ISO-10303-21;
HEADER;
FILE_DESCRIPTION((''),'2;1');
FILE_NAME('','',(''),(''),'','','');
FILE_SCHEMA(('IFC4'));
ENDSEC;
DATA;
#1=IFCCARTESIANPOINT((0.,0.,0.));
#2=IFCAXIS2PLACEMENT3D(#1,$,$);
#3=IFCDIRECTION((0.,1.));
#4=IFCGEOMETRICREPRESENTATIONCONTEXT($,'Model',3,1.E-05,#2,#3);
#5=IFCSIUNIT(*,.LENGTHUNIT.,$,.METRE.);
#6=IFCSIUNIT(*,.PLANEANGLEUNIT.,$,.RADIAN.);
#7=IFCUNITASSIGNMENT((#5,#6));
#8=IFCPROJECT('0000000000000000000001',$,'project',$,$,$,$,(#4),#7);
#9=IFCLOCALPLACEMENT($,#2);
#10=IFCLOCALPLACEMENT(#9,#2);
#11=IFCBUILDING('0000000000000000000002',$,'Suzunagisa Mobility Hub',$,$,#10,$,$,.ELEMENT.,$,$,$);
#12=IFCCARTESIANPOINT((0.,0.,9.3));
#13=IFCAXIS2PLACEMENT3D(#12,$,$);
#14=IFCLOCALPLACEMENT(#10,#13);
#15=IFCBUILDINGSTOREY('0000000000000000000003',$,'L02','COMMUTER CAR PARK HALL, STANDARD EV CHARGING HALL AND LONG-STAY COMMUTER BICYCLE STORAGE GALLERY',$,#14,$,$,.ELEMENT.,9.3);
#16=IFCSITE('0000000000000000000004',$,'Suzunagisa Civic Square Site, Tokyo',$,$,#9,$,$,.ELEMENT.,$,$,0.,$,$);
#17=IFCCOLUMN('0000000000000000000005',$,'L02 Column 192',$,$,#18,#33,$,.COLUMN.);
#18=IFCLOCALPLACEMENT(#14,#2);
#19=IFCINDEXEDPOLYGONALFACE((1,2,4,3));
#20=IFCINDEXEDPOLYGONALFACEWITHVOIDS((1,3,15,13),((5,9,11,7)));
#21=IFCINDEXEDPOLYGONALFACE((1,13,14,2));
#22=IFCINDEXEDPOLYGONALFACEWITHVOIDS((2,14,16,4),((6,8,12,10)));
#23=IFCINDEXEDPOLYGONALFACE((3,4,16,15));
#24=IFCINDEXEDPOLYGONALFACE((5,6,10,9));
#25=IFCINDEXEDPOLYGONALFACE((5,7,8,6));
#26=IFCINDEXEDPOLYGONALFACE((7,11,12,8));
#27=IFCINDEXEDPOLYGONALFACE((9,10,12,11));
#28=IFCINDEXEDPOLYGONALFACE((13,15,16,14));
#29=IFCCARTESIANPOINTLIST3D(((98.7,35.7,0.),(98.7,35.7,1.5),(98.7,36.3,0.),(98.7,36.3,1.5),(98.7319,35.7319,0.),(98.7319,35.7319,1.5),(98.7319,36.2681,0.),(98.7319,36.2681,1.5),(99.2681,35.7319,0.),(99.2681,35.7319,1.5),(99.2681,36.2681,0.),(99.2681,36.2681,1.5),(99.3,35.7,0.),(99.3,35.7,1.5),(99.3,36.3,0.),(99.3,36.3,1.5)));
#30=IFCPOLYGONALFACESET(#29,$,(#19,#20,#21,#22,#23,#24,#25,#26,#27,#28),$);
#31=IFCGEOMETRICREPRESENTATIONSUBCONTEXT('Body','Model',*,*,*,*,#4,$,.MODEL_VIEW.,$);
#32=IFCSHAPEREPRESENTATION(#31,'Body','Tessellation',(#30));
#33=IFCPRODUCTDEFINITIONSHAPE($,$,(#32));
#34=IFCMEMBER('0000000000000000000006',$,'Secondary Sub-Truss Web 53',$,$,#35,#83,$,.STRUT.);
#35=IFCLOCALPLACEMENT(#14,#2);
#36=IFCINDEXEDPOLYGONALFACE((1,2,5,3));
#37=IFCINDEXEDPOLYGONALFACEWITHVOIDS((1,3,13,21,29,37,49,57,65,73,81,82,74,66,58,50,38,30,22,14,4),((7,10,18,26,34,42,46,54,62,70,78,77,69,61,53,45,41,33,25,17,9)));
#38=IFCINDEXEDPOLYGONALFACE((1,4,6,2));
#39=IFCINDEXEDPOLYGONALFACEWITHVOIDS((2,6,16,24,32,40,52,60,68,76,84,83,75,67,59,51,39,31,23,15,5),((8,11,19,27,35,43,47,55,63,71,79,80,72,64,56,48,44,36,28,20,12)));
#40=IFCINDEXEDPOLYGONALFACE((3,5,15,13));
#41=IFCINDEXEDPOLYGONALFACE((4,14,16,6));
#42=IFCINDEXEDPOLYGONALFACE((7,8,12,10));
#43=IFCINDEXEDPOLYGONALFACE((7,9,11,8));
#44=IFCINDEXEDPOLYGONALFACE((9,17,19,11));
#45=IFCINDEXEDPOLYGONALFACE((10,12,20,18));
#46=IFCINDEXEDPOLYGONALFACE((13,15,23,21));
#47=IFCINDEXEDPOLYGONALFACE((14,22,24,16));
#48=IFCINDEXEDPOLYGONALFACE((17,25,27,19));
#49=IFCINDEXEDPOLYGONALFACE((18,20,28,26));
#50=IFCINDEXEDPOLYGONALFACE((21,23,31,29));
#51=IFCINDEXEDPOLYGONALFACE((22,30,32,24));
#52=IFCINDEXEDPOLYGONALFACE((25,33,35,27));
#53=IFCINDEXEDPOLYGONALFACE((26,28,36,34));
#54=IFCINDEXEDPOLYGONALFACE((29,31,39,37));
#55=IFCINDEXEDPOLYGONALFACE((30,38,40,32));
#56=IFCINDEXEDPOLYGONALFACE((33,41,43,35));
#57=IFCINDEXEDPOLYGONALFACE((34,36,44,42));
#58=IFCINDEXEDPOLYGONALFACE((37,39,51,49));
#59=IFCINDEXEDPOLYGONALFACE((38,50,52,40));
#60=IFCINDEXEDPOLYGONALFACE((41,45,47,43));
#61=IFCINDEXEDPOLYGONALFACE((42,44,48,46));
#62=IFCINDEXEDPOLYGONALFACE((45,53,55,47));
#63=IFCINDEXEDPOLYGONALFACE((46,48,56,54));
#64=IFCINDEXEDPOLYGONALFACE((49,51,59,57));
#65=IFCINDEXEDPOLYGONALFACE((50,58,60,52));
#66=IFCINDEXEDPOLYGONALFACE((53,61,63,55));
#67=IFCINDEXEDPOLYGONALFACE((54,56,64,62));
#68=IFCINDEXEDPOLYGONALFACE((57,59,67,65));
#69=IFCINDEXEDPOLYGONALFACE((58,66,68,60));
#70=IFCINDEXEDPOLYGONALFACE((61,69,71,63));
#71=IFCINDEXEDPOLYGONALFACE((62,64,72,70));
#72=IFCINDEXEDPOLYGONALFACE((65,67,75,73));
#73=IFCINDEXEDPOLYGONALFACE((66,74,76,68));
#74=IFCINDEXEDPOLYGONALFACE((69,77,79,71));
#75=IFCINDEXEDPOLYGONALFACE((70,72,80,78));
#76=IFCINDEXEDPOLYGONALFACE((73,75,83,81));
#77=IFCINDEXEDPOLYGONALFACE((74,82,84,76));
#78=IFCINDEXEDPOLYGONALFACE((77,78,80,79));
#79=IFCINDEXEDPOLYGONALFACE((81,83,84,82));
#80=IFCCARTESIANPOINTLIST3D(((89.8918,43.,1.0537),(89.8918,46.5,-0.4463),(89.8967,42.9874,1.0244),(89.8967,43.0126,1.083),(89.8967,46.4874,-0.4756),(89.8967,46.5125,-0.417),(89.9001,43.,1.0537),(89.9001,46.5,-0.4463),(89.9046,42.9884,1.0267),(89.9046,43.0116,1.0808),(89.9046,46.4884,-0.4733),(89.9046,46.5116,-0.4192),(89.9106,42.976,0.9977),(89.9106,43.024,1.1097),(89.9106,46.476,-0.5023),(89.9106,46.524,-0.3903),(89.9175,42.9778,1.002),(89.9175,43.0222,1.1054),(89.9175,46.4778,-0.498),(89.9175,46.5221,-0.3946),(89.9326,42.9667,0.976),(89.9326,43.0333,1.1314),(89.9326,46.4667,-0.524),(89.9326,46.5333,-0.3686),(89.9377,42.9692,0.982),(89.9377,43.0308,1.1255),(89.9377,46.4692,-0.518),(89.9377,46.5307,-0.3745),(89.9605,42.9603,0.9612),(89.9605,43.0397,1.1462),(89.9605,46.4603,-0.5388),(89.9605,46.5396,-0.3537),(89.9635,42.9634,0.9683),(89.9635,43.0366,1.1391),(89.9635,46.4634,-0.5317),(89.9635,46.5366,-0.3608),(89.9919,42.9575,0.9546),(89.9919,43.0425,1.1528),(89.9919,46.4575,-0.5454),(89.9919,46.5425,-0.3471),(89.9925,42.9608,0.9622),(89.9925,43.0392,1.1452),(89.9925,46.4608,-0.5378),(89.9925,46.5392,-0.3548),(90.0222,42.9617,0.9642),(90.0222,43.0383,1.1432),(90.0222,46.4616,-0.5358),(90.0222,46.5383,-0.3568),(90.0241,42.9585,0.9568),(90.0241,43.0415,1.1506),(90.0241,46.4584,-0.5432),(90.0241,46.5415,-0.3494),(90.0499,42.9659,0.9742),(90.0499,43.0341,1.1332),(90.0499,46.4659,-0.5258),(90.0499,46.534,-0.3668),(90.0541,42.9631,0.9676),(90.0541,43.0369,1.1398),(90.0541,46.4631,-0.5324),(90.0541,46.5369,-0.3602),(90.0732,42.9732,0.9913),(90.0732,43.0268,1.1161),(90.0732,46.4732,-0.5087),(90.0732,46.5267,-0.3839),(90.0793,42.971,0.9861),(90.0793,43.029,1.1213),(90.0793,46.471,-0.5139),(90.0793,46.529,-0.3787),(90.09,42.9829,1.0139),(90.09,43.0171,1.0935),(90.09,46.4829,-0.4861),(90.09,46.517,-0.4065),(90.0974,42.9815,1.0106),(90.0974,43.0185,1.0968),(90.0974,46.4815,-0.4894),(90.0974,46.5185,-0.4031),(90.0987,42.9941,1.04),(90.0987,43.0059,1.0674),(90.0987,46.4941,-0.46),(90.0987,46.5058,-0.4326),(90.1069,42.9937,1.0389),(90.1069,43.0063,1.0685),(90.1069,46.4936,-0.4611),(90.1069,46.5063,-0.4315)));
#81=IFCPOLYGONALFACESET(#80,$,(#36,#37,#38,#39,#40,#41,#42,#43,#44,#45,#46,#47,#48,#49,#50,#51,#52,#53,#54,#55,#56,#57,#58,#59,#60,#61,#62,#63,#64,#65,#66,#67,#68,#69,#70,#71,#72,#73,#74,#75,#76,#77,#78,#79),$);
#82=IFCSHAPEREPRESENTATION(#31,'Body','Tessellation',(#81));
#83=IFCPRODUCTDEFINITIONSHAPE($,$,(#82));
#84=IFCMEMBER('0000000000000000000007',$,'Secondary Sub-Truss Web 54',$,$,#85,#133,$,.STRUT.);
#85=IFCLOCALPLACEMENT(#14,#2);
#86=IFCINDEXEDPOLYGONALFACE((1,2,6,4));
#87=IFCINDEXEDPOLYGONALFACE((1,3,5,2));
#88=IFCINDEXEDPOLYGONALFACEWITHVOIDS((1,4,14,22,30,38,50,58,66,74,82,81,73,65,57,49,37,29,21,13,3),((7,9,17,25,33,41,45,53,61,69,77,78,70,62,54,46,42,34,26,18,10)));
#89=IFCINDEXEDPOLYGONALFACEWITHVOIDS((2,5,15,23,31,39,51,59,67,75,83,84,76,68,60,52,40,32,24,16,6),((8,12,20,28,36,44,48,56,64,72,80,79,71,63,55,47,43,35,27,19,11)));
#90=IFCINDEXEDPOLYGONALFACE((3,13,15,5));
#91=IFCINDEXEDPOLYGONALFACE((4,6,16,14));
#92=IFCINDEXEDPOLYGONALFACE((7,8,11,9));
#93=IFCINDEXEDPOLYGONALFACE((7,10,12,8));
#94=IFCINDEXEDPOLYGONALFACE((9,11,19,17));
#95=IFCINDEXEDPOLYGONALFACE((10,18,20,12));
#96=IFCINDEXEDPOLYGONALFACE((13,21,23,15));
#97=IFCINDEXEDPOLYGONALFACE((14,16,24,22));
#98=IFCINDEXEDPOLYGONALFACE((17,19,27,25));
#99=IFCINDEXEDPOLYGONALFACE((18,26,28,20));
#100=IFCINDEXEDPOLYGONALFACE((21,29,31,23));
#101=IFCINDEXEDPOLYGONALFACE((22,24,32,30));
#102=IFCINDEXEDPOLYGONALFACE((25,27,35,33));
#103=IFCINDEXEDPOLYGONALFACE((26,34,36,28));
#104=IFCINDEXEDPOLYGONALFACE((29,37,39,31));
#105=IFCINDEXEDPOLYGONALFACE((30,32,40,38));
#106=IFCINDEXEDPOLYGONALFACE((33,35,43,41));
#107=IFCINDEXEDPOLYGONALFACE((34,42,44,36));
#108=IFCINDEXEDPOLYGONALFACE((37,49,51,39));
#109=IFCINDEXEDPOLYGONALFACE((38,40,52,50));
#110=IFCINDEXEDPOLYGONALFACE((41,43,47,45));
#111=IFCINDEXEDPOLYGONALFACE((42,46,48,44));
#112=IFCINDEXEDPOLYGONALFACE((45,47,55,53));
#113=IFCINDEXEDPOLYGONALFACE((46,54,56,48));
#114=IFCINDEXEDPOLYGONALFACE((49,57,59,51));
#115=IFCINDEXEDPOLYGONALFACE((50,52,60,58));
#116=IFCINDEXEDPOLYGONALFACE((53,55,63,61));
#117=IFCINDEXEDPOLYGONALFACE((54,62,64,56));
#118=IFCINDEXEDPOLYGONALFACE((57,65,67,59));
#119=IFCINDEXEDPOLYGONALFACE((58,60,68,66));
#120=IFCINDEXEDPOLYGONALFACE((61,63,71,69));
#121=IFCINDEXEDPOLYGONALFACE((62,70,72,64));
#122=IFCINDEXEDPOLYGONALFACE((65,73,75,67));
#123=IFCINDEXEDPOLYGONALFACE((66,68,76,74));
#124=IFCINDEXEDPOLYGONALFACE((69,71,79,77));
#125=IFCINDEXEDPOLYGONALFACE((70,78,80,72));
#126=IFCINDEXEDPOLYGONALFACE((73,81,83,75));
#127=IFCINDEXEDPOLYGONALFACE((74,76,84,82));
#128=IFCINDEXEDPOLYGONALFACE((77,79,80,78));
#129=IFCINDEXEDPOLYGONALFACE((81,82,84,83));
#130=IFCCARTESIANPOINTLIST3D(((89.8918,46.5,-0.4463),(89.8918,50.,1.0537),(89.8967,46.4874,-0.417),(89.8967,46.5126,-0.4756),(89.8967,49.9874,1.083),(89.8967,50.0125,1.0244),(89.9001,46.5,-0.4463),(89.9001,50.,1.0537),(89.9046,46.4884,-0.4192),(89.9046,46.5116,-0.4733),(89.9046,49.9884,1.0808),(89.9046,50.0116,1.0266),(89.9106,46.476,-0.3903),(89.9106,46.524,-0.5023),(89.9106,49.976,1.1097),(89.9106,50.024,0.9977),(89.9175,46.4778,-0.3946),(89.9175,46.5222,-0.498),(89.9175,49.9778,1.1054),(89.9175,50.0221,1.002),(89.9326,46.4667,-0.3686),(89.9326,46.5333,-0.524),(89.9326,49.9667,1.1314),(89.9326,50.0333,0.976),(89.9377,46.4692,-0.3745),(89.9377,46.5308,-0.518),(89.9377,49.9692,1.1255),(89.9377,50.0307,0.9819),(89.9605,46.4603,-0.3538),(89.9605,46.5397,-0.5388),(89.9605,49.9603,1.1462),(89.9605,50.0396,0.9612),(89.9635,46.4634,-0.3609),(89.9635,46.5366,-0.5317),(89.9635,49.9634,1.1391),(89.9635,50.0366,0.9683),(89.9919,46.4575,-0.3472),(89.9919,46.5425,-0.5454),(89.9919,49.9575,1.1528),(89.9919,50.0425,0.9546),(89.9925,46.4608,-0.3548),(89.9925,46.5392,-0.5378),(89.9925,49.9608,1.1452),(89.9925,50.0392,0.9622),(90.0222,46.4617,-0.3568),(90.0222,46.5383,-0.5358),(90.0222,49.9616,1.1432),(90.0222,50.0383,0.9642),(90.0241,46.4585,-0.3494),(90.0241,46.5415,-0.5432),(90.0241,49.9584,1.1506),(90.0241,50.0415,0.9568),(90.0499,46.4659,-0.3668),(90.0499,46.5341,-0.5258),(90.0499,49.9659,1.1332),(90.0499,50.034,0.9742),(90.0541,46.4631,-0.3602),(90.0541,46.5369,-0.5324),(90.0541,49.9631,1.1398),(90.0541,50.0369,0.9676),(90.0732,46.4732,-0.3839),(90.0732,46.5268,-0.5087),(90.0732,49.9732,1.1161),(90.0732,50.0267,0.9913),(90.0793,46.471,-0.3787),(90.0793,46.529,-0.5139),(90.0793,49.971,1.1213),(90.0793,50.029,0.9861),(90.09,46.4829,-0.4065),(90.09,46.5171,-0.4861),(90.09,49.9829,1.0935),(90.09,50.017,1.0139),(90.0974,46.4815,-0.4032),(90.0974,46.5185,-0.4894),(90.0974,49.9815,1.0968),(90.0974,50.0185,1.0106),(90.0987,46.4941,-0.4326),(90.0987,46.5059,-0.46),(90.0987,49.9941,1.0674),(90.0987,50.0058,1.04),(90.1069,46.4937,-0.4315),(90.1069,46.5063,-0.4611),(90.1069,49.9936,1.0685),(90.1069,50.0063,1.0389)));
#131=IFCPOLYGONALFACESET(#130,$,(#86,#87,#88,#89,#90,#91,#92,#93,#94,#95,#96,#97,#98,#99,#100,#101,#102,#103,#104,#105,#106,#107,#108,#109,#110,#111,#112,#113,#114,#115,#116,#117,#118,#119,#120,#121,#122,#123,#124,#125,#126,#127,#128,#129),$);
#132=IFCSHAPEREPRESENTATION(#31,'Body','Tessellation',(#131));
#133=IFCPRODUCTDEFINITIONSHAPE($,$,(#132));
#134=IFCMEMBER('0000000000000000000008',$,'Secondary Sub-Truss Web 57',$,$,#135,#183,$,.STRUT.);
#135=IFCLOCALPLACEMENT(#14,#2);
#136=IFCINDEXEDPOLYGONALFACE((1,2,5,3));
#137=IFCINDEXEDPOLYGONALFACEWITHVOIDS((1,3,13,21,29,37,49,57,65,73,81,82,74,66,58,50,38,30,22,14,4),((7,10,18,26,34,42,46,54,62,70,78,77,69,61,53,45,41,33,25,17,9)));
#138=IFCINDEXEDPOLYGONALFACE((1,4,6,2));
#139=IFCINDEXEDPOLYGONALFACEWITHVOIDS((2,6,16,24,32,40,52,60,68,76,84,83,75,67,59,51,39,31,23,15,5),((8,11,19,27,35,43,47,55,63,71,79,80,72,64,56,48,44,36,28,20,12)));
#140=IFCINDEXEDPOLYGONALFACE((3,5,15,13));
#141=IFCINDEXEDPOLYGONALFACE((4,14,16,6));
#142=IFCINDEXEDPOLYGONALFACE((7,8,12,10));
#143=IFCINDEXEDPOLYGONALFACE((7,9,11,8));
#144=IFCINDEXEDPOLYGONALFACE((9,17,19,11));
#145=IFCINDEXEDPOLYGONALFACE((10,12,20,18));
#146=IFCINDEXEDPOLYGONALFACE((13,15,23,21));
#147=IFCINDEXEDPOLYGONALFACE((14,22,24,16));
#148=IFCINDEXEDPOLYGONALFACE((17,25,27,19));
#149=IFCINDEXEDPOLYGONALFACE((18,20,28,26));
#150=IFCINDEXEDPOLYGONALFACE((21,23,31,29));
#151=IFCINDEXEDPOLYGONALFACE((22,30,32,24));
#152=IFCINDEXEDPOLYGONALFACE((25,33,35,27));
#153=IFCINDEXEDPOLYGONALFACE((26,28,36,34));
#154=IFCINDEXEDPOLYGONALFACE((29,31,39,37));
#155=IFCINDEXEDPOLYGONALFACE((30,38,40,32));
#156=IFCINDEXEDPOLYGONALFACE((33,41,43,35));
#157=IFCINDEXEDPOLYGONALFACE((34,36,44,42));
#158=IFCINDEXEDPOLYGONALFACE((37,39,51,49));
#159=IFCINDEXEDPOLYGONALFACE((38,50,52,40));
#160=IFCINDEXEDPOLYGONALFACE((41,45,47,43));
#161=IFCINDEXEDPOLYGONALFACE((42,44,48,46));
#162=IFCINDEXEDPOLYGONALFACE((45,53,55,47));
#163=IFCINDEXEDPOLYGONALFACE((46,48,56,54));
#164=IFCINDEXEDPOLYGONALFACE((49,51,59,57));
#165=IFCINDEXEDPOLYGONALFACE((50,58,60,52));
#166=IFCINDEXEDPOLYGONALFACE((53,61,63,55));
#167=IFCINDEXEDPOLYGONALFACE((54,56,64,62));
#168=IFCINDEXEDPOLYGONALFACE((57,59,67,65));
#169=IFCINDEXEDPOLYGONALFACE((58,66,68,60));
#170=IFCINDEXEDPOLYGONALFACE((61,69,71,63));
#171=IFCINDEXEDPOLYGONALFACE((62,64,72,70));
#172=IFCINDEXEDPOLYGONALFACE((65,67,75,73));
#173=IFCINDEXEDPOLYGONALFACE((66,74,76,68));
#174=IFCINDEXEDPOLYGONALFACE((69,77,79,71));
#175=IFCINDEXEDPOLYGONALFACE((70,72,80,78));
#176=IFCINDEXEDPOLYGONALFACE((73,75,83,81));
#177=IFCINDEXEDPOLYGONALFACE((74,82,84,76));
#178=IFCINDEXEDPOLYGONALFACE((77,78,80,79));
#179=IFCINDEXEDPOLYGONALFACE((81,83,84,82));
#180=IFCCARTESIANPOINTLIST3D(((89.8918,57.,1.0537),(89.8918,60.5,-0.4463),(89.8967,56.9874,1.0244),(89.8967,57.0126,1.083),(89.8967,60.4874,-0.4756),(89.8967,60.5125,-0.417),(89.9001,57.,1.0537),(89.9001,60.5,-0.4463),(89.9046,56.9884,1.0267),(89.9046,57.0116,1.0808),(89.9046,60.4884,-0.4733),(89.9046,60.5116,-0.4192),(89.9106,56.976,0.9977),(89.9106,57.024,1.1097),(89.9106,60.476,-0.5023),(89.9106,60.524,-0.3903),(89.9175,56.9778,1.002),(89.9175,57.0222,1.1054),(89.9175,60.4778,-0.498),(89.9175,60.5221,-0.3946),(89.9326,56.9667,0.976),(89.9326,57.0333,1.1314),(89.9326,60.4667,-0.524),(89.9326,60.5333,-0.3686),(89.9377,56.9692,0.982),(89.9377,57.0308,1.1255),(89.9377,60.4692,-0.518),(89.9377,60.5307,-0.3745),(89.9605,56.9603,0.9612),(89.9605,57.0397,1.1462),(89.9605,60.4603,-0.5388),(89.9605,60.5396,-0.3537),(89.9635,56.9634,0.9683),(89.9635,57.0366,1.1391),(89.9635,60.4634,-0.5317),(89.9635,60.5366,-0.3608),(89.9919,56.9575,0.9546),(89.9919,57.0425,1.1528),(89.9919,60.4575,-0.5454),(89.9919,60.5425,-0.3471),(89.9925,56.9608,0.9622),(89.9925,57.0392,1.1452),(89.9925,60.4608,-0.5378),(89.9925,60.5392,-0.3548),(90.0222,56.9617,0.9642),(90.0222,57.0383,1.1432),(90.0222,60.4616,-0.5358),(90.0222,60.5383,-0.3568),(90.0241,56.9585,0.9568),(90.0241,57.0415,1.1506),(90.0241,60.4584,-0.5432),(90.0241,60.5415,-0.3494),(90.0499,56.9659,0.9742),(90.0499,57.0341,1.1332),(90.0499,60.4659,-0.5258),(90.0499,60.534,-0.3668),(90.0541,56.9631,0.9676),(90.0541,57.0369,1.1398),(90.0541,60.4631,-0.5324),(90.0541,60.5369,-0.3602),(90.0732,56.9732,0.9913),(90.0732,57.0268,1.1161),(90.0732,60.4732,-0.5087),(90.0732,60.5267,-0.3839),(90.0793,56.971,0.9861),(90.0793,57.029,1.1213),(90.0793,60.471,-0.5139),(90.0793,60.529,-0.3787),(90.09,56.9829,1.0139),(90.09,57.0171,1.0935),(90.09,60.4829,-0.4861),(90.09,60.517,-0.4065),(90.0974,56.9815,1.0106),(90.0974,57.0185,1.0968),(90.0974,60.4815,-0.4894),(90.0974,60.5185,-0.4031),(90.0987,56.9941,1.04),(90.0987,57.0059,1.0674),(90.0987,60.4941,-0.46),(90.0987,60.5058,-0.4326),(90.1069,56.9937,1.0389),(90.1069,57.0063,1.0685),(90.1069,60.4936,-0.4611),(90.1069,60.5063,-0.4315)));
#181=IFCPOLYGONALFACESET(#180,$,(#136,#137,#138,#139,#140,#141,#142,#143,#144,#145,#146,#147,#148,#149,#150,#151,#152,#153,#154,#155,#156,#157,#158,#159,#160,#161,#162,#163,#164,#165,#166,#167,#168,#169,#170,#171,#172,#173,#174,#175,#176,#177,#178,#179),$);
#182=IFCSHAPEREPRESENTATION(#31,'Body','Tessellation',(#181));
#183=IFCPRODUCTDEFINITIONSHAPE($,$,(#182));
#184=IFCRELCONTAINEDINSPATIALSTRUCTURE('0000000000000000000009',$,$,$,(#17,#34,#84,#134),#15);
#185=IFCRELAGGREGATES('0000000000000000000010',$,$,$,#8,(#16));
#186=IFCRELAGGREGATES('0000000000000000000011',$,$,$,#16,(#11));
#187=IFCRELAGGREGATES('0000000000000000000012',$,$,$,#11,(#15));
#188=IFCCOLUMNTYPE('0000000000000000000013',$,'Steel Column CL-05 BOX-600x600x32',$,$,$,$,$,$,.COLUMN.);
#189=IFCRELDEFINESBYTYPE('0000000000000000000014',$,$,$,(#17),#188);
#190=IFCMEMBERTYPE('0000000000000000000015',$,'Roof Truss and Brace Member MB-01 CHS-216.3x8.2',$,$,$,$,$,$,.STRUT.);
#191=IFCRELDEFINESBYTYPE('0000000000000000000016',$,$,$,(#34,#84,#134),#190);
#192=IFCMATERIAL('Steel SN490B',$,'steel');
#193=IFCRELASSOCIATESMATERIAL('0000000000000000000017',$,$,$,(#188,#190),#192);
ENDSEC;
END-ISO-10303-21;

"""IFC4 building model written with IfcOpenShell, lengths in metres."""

from ifc_helpers import new_model, si_unit, direction, frame, origin, origin_2d, place, context, subcontext, project, spatial, hollow_rectangle, hollow_circle, extrude, material, material_profile, profile_set, type_object, element, save


model = new_model("IFC4")

# Units and contexts
model_context = context("Model", 3, precision=1e-05, world=origin(), true_north=direction((0.0, 1.0)))
body_context = subcontext(model_context, "Body", "Model", "MODEL_VIEW")
ifc_project = project(units=[si_unit("LENGTHUNIT", "METRE"), si_unit("PLANEANGLEUNIT", "RADIAN")], contexts=[model_context])

# Site, building, storey
site_placement = place(None, origin())
site = spatial("IfcSite", under=ifc_project, at=site_placement, Name="Suzunagisa Civic Square Site, Tokyo", CompositionType="ELEMENT", RefElevation=0.0)
building_placement = place(site_placement, origin())
building = spatial("IfcBuilding", under=site, at=building_placement, Name="Suzunagisa Mobility Hub", CompositionType="ELEMENT")
storey_placement = place(building_placement, frame((0.0, 0.0, 9.3)))
storey = spatial("IfcBuildingStorey", under=building, at=storey_placement, Name="L02", Description="COMMUTER CAR PARK HALL, STANDARD EV CHARGING HALL AND LONG-STAY COMMUTER BICYCLE STORAGE GALLERY", CompositionType="ELEMENT", Elevation=9.3)

# Column
ifc_material_1 = material(Name="Steel SN490B", Category="steel")
ifc_material_profile_1 = material_profile(ifc_material_1, hollow_rectangle(XDim=0.6001, YDim=0.6001, WallThickness=0.032, at=origin_2d()), Name="BOX-600x600x32")
ifc_profile_set_1 = profile_set([ifc_material_profile_1], Name="Steel SN490B")
column_type = type_object("IfcColumnType", Name="Steel Column CL-05 BOX-600x600x32", PredefinedType="COLUMN", material=ifc_profile_set_1)
column_placement = place(storey_placement, frame((99.0, 36.0, 0.0), z_axis=(0.0, 0.0, 1.0), x_axis=(1.0, 0.0, 0.0)))
element("IfcColumn", 1, at=column_placement, inside=storey, type_object=column_type, Name="L02 Column 192", PredefinedType="COLUMN", context=body_context, shape_type="SweptSolid", body=[
    extrude(hollow_rectangle(XDim=0.6001, YDim=0.6001, WallThickness=0.032, at=origin_2d()), origin(), (0.0, 0.0, 1.0), 1.5),
])

# Members
ifc_material_profile_2 = material_profile(ifc_material_1, hollow_circle(Radius=0.1082, WallThickness=0.0083, at=origin_2d()), Name="CHS-216.3x8.2")
ifc_profile_set_2 = profile_set([ifc_material_profile_2], Name="Steel SN490B")
member_type_1 = type_object("IfcMemberType", Name="Roof Truss and Brace Member MB-01 CHS-216.3x8.2", PredefinedType="STRUT", material=ifc_profile_set_2)
for number, where, z_axis, x_axis, name in (
    (2, (90.0, 43.0, 1.0537), (0.0, 0.919145, -0.393919), (-1.0, 0.0, 0.0), "Secondary Sub-Truss Web 53"),
    (3, (90.0, 46.5, -0.4463), (0.0, 0.919145, 0.393919), (-1.0, 0.0, 0.0), "Secondary Sub-Truss Web 54"),
    (4, (90.0, 57.0, 1.0537), (0.0, 0.919145, -0.393919), (-1.0, 0.0, 0.0), "Secondary Sub-Truss Web 57"),
):
    element("IfcMember", number, at=place(storey_placement, frame(where, z_axis=z_axis, x_axis=x_axis)), inside=storey, type_object=member_type_1, Name=name, PredefinedType="STRUT", context=body_context, shape_type="SweptSolid", body=[
        extrude(hollow_circle(Radius=0.1082, WallThickness=0.0083, at=origin_2d()), origin(), (0.0, 0.0, 1.0), 3.8079),
    ])

save(model, "model.ifc")
